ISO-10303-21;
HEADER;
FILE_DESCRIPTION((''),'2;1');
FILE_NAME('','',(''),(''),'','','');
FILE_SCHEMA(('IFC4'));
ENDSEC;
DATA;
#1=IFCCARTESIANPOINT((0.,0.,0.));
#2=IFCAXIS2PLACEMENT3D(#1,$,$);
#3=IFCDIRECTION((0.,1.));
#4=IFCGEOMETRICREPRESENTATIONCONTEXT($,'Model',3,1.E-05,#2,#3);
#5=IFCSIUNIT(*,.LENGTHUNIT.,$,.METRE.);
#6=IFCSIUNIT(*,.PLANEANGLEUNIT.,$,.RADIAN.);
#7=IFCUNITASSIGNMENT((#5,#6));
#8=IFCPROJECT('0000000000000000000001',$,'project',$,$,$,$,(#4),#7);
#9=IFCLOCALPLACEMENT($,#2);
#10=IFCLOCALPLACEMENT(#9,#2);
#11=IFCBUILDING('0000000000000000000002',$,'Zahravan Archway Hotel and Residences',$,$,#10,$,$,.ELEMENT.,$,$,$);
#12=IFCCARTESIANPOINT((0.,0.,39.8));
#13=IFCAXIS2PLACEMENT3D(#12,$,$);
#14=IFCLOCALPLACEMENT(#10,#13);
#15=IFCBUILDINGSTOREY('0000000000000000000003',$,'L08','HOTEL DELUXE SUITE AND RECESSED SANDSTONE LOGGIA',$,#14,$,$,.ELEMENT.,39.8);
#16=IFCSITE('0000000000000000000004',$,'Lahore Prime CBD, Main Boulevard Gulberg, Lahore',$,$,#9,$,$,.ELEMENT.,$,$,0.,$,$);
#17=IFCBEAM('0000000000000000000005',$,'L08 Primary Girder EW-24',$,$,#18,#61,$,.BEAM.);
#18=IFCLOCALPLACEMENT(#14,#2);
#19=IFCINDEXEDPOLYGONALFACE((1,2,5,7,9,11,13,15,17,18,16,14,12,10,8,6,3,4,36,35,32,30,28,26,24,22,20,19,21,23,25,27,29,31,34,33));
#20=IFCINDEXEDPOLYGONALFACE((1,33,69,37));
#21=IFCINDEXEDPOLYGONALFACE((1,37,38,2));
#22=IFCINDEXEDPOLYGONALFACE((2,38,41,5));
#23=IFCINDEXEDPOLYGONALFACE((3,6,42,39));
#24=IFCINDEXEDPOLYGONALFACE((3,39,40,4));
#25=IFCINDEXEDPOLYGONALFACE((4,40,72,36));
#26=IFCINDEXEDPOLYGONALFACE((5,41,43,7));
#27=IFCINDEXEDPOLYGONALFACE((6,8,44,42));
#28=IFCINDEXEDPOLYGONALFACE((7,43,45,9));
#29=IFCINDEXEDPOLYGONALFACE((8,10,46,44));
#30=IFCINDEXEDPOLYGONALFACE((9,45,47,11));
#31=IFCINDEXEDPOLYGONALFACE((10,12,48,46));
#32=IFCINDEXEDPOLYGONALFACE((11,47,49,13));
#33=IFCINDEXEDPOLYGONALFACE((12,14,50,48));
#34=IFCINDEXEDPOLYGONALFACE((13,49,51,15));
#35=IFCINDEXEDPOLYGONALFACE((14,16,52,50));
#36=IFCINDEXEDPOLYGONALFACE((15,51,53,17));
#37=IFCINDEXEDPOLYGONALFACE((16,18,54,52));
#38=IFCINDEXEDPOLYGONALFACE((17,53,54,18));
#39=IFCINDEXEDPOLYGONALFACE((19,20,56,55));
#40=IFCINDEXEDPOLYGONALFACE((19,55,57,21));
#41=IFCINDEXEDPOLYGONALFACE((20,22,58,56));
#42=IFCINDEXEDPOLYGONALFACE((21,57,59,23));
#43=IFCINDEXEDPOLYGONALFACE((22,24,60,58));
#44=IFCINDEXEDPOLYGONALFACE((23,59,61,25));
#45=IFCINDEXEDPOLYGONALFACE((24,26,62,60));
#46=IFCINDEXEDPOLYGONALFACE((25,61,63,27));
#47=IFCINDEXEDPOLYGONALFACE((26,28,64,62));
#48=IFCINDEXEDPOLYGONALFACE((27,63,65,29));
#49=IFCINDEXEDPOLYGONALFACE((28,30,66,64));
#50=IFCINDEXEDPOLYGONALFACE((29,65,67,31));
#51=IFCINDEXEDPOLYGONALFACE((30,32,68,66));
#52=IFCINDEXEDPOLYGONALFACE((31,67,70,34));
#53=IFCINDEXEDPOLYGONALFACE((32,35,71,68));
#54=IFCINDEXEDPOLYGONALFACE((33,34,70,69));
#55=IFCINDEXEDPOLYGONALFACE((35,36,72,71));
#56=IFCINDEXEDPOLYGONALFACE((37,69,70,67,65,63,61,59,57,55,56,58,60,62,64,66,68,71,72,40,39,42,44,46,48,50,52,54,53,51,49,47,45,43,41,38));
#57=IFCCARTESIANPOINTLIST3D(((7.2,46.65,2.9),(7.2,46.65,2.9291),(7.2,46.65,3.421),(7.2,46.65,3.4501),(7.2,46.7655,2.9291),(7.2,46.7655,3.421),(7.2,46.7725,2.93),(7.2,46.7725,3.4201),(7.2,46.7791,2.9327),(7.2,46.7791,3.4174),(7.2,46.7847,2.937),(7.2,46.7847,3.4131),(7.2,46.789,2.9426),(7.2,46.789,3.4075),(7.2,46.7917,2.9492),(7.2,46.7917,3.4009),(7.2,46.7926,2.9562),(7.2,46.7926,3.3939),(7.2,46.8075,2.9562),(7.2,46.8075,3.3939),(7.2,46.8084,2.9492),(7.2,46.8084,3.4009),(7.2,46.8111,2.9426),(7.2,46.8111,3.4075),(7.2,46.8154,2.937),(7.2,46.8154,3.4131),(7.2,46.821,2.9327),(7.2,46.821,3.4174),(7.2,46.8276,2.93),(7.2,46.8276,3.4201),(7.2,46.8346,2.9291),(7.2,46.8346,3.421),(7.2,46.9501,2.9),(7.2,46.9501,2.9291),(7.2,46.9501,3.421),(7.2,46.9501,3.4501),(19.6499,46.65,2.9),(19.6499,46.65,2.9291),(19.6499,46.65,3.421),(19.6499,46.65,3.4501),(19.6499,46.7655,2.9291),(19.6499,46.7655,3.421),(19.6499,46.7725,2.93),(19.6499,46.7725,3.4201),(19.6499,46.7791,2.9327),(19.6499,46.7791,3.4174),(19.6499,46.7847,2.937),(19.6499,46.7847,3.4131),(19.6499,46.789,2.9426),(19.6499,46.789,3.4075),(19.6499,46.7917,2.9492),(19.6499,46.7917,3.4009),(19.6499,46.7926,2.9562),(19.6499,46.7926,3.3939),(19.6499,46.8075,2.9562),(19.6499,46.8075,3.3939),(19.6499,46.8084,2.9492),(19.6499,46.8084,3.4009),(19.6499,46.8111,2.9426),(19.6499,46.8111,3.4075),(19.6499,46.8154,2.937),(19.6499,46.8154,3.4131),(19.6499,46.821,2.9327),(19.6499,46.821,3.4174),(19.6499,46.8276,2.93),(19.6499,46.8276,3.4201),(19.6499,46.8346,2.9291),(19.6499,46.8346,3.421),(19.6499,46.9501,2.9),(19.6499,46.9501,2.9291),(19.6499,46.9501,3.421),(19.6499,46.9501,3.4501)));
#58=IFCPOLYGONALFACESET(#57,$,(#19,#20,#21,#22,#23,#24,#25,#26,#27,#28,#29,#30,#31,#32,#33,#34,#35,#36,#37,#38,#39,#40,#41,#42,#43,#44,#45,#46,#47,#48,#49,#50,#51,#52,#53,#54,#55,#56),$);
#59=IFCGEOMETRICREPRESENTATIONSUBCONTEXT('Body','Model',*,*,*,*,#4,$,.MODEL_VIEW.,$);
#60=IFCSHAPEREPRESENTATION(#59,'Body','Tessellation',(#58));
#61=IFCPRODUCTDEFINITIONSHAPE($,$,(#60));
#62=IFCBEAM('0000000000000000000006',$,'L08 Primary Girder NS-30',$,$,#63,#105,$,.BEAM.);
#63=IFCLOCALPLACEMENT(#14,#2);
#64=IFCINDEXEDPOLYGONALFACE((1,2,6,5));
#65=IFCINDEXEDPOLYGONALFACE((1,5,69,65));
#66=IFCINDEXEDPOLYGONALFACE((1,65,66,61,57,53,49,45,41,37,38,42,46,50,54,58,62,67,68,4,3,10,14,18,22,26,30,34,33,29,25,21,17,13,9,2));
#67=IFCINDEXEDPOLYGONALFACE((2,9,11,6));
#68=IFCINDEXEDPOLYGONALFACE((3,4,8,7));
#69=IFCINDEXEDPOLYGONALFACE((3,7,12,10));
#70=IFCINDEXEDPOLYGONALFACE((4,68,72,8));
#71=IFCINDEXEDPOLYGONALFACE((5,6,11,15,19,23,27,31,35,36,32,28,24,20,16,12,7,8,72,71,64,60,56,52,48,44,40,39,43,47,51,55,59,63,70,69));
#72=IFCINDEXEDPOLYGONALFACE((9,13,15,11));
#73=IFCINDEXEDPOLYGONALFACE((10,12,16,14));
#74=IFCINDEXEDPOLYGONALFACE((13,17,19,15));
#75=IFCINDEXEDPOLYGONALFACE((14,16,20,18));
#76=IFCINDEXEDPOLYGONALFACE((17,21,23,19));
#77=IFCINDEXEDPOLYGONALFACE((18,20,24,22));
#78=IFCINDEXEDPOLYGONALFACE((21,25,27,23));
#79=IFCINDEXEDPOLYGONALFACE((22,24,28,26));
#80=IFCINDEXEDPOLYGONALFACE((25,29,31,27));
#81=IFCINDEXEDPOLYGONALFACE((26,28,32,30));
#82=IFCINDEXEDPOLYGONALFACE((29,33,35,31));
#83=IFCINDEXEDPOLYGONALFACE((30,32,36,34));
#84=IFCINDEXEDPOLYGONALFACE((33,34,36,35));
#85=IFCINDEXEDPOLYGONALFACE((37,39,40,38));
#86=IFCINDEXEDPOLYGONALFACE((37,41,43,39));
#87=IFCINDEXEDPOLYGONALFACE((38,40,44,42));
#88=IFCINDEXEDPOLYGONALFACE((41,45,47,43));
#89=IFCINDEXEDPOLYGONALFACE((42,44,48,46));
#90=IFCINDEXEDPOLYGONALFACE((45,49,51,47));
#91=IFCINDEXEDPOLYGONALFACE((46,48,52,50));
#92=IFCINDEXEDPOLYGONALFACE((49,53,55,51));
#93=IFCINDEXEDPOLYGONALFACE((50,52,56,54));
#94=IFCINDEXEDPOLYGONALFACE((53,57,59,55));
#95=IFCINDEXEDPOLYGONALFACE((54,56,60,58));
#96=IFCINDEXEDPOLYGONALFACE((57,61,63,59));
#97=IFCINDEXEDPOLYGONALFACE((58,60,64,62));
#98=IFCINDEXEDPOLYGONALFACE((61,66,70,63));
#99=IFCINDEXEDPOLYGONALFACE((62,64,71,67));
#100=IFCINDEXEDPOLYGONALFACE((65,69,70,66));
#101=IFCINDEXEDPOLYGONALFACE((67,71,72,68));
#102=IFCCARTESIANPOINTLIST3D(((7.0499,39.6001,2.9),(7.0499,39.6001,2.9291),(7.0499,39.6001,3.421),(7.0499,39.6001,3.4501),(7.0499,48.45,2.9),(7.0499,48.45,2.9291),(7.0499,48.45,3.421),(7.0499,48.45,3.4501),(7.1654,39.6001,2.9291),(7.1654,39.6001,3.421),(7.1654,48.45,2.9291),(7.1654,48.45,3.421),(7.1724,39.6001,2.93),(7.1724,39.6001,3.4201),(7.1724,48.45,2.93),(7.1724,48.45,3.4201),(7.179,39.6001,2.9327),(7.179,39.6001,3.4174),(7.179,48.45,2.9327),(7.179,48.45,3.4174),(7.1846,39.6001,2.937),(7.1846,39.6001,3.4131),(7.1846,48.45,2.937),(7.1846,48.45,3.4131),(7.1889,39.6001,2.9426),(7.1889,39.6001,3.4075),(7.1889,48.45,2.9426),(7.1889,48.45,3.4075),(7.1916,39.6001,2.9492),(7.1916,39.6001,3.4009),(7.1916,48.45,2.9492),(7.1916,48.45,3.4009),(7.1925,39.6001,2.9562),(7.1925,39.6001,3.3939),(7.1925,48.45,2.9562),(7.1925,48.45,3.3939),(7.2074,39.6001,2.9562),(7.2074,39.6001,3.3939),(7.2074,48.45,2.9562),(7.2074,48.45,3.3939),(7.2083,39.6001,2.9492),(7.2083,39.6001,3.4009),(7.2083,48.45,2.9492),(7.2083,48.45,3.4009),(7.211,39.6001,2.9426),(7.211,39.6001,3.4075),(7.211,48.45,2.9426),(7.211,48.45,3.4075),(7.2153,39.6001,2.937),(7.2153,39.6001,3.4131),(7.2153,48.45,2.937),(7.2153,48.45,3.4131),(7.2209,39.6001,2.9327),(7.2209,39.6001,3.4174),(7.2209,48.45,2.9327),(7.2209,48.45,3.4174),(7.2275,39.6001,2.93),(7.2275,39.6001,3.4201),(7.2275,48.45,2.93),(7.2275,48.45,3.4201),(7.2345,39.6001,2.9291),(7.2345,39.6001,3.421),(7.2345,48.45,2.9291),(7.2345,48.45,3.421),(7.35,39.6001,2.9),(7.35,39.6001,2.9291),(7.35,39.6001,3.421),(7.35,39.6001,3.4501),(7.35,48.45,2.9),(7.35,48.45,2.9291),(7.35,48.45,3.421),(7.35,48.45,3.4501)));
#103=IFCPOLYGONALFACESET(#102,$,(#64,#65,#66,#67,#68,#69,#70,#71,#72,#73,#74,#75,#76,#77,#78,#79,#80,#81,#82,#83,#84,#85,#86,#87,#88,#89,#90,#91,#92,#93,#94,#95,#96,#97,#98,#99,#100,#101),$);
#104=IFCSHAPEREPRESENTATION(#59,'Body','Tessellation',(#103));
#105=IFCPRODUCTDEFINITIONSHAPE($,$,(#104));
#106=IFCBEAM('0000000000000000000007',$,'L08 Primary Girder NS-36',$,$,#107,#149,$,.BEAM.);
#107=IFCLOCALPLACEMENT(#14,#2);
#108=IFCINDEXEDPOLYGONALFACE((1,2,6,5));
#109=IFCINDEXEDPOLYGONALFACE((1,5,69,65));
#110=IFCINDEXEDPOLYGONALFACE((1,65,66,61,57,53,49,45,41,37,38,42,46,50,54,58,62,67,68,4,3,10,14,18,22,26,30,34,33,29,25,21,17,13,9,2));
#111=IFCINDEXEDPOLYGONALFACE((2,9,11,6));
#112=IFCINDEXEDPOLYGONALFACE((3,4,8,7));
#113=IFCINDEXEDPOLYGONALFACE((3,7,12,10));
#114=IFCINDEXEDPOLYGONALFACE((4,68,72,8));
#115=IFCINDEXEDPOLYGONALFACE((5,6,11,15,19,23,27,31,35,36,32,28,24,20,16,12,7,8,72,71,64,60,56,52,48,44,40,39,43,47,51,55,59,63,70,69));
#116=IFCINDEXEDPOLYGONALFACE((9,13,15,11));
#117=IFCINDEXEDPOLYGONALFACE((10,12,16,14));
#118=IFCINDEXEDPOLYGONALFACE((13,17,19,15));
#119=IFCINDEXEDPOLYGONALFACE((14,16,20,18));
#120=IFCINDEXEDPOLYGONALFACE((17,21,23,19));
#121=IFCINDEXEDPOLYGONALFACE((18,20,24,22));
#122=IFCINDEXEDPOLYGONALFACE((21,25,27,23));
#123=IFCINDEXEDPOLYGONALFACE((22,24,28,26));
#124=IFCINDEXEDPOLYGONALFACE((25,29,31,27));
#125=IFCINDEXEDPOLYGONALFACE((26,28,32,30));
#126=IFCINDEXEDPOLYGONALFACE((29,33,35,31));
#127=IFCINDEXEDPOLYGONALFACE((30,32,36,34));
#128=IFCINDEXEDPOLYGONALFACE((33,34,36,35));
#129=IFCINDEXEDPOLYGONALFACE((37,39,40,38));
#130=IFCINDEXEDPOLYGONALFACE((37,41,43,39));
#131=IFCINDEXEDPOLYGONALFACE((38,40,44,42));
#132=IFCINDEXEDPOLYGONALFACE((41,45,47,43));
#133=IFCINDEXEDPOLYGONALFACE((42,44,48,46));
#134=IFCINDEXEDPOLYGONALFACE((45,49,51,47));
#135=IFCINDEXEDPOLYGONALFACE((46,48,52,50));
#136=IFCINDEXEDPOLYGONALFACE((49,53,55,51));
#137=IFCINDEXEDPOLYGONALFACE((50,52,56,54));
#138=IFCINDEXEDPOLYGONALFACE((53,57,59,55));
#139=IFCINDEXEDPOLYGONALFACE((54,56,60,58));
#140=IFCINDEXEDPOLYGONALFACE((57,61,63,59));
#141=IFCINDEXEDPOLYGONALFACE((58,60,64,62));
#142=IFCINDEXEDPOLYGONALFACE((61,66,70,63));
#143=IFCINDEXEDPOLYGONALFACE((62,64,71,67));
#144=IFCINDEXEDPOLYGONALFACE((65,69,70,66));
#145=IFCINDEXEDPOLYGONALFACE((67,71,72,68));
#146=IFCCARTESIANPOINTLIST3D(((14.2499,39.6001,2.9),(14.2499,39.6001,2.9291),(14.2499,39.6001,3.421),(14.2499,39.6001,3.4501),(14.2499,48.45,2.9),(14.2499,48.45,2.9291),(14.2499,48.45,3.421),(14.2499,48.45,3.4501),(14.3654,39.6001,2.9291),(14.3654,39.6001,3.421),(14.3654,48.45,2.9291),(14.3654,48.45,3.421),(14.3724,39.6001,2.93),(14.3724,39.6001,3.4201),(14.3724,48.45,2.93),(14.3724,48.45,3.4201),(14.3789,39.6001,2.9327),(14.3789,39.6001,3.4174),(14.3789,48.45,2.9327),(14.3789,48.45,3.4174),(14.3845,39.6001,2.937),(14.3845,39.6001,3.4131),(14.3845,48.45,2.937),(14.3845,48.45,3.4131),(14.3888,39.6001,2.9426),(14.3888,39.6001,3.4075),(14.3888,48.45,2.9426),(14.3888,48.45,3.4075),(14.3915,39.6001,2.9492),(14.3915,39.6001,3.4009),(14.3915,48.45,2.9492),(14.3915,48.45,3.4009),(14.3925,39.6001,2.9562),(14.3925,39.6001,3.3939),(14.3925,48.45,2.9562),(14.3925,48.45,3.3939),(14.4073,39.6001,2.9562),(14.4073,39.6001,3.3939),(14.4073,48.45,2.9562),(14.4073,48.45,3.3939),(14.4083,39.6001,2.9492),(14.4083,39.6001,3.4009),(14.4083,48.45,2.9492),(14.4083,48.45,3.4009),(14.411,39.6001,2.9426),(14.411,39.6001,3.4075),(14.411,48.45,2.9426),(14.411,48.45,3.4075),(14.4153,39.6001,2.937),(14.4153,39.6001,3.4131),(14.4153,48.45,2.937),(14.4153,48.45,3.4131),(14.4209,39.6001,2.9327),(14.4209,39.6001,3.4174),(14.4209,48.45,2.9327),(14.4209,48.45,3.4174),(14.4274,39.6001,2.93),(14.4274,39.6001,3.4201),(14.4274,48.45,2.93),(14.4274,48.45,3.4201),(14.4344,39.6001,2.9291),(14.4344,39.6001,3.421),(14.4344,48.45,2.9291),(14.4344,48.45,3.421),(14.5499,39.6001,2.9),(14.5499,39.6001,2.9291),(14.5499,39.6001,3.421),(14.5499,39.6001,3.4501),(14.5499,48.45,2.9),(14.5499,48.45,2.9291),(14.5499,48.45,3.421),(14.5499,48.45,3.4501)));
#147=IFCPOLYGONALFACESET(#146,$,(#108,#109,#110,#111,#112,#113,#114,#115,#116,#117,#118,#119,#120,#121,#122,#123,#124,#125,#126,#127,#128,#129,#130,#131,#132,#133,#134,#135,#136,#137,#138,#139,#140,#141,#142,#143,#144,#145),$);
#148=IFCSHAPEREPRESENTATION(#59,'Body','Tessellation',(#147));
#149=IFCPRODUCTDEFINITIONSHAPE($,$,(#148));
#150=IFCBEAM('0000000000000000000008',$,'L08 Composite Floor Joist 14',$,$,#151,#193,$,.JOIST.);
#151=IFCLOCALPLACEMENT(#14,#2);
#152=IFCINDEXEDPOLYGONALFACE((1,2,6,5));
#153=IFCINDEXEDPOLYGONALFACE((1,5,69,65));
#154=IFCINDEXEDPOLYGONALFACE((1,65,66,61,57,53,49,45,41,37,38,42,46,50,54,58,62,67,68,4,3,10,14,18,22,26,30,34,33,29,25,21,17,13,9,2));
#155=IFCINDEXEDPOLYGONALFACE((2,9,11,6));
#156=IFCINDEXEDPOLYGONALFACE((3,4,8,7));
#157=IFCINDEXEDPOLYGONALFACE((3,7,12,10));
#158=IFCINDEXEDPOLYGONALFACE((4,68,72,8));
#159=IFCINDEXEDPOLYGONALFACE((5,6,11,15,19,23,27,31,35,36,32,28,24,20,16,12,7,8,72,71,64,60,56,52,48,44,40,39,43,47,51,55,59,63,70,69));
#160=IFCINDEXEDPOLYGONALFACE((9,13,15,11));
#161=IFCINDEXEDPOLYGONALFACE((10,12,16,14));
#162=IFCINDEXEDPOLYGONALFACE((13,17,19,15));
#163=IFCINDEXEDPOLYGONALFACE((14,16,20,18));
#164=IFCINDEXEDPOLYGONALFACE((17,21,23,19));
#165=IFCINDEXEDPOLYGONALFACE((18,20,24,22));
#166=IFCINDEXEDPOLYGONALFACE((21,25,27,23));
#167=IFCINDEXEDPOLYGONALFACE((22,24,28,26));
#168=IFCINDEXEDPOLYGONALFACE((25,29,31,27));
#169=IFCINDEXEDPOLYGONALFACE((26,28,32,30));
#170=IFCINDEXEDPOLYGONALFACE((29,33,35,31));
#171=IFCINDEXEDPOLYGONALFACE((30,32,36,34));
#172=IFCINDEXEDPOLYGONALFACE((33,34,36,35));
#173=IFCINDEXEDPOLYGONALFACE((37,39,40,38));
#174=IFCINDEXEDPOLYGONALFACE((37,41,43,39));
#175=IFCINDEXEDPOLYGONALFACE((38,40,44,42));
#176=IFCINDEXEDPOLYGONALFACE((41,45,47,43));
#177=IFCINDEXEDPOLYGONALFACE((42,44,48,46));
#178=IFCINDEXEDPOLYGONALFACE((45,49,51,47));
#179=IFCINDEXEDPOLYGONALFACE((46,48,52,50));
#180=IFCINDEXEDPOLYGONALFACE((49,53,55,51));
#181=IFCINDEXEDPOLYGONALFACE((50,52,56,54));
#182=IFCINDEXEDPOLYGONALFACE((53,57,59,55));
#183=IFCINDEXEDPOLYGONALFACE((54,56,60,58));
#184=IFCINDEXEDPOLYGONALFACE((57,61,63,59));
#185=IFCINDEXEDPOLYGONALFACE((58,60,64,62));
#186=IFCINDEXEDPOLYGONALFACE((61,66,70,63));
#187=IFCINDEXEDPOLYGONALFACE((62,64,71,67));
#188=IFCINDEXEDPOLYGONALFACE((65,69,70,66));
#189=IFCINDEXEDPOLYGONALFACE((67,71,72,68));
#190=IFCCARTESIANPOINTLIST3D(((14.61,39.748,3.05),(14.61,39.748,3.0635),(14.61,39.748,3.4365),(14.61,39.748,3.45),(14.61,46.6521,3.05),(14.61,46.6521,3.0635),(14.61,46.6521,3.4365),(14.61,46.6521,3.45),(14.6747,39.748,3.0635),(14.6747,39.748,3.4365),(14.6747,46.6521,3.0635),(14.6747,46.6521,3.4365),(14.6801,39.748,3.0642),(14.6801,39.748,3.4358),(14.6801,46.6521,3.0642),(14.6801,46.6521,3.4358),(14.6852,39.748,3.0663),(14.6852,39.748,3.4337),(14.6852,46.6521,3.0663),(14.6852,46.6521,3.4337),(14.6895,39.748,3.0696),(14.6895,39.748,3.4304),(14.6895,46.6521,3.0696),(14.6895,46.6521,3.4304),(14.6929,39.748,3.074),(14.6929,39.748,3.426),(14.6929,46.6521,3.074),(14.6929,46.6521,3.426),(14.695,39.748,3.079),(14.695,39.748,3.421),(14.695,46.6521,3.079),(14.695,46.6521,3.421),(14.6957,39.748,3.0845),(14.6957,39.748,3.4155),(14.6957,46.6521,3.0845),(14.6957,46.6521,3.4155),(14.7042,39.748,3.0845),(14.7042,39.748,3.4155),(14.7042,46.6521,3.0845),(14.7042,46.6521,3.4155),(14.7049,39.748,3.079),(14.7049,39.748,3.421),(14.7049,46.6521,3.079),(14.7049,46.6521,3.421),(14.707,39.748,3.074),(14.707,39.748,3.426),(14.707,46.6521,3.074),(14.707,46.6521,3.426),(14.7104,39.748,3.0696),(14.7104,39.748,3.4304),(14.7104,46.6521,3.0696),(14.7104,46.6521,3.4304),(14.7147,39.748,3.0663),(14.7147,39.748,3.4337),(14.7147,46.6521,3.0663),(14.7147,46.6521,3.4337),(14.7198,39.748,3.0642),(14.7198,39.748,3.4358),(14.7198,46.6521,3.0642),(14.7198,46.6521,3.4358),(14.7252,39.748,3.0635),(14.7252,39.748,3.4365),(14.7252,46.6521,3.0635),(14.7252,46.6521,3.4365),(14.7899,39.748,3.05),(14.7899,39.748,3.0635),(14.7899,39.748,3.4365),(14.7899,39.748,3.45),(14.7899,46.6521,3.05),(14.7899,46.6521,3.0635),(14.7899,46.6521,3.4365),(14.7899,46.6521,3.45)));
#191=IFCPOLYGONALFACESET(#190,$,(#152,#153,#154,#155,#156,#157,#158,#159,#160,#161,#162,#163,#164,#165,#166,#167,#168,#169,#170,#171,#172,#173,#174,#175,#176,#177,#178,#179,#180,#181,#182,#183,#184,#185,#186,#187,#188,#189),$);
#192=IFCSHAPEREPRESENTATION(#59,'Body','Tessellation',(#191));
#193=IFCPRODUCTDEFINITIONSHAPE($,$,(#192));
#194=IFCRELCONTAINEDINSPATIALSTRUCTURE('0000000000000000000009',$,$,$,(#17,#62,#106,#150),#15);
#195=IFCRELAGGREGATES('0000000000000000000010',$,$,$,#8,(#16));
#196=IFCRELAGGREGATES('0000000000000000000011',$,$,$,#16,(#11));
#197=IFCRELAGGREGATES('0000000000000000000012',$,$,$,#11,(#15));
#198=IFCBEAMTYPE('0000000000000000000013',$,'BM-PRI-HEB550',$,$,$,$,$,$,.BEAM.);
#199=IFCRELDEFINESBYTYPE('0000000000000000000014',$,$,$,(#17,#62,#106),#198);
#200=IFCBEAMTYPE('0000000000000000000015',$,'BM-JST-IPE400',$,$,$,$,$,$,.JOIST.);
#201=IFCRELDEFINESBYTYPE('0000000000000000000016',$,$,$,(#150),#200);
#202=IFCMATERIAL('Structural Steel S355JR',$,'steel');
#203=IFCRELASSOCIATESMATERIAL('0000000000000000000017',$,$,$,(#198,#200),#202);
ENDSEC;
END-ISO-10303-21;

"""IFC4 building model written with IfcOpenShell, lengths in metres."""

from ifc_helpers import new_model, si_unit, direction, frame, origin, origin_2d, place, context, subcontext, project, spatial, i_section, extrude, source, transform, mapped, material, material_profile, profile_set, type_object, type_shapes, element, save


model = new_model("IFC4")

# Units and contexts
model_context = context("Model", 3, precision=1e-05, world=origin(), true_north=direction((0.0, 1.0)))
body_context = subcontext(model_context, "Body", "Model", "MODEL_VIEW")
ifc_project = project(units=[si_unit("LENGTHUNIT", "METRE"), si_unit("PLANEANGLEUNIT", "RADIAN")], contexts=[model_context])

# Site, building, storey
site_placement = place(None, origin())
site = spatial("IfcSite", under=ifc_project, at=site_placement, Name="Lahore Prime CBD, Main Boulevard Gulberg, Lahore", CompositionType="ELEMENT", RefElevation=0.0)
building_placement = place(site_placement, origin())
building = spatial("IfcBuilding", under=site, at=building_placement, Name="Zahravan Archway Hotel and Residences", CompositionType="ELEMENT")
storey_placement = place(building_placement, frame((0.0, 0.0, 39.8)))
storey = spatial("IfcBuildingStorey", under=building, at=storey_placement, Name="L08", Description="HOTEL DELUXE SUITE AND RECESSED SANDSTONE LOGGIA", CompositionType="ELEMENT", Elevation=39.8)

# Beams
ifc_material_1 = material(Name="Structural Steel S355JR", Category="steel")
ifc_material_profile_1 = material_profile(ifc_material_1, i_section(OverallWidth=0.3, OverallDepth=0.55, WebThickness=0.0149, FlangeThickness=0.0291, FilletRadius=0.0271, at=origin_2d()), Name="HEB 550", Category="steel")
ifc_profile_set_1 = profile_set([ifc_material_profile_1], Name="Structural Steel S355JR")
beam_type_1 = type_object("IfcBeamType", Name="BM-PRI-HEB550", PredefinedType="BEAM", material=ifc_profile_set_1)
shared_shape_1 = source(origin(), body_context, "Body", "SweptSolid", [
    extrude(i_section(OverallWidth=0.3, OverallDepth=0.55, WebThickness=0.0149, FlangeThickness=0.0291, FilletRadius=0.0271, at=origin_2d()), origin(), (0.0, 0.0, 1.0), 12.45),
])
beam_1_placement = place(storey_placement, frame((7.2, 46.8, 3.175), z_axis=(1.0, 0.0, 0.0), x_axis=(0.0, 1.0, 0.0)))
element("IfcBeam", 1, at=beam_1_placement, inside=storey, type_object=beam_type_1, Name="L08 Primary Girder EW-24", PredefinedType="BEAM", context=body_context, shape_type="MappedRepresentation", body=[
    mapped(shared_shape_1, transform((0.0, 0.0, 0.0), scale=1.0)),
])
shared_shape_2 = source(origin(), body_context, "Body", "SweptSolid", [
    extrude(i_section(OverallWidth=0.3, OverallDepth=0.55, WebThickness=0.0149, FlangeThickness=0.0291, FilletRadius=0.0271, at=origin_2d()), origin(), (0.0, 0.0, 1.0), 8.8499),
])
for number, where, z_axis, x_axis, name in (
    (2, (7.2, 39.6001, 3.175), (0.0, 1.0, 0.0), (-1.0, 0.0, 0.0), "L08 Primary Girder NS-30"),
    (3, (14.3999, 39.6001, 3.175), (0.0, 1.0, 0.0), (-1.0, 0.0, 0.0), "L08 Primary Girder NS-36"),
):
    element("IfcBeam", number, at=place(storey_placement, frame(where, z_axis=z_axis, x_axis=x_axis)), inside=storey, type_object=beam_type_1, Name=name, PredefinedType="BEAM", context=body_context, shape_type="MappedRepresentation", body=[
        mapped(shared_shape_2, transform((0.0, 0.0, 0.0), scale=1.0)),
    ])
ifc_material_profile_2 = material_profile(ifc_material_1, i_section(OverallWidth=0.1799, OverallDepth=0.3999, WebThickness=0.0085, FlangeThickness=0.0134, FilletRadius=0.021, at=origin_2d()), Name="IPE 400", Category="steel")
ifc_profile_set_2 = profile_set([ifc_material_profile_2], Name="Structural Steel S355JR")
beam_type_2 = type_object("IfcBeamType", Name="BM-JST-IPE400", PredefinedType="JOIST", material=ifc_profile_set_2)
shared_shape_3 = source(origin(), body_context, "Body", "SweptSolid", [
    extrude(i_section(OverallWidth=0.1799, OverallDepth=0.3999, WebThickness=0.0085, FlangeThickness=0.0134, FilletRadius=0.021, at=origin_2d()), origin(), (0.0, 0.0, 1.0), 6.9041),
])
type_shapes(beam_type_2, [shared_shape_3])
beam_2_placement = place(storey_placement, frame((14.7, 39.748, 3.25), z_axis=(0.0, 1.0, 0.0), x_axis=(-1.0, 0.0, 0.0)))
element("IfcBeam", 4, at=beam_2_placement, inside=storey, type_object=beam_type_2, Name="L08 Composite Floor Joist 14", PredefinedType="JOIST", context=body_context, shape_type="MappedRepresentation", body=[
    mapped(shared_shape_3, transform((0.0, 0.0, 0.0), scale=1.0)),
])

save(model, "model.ifc")
